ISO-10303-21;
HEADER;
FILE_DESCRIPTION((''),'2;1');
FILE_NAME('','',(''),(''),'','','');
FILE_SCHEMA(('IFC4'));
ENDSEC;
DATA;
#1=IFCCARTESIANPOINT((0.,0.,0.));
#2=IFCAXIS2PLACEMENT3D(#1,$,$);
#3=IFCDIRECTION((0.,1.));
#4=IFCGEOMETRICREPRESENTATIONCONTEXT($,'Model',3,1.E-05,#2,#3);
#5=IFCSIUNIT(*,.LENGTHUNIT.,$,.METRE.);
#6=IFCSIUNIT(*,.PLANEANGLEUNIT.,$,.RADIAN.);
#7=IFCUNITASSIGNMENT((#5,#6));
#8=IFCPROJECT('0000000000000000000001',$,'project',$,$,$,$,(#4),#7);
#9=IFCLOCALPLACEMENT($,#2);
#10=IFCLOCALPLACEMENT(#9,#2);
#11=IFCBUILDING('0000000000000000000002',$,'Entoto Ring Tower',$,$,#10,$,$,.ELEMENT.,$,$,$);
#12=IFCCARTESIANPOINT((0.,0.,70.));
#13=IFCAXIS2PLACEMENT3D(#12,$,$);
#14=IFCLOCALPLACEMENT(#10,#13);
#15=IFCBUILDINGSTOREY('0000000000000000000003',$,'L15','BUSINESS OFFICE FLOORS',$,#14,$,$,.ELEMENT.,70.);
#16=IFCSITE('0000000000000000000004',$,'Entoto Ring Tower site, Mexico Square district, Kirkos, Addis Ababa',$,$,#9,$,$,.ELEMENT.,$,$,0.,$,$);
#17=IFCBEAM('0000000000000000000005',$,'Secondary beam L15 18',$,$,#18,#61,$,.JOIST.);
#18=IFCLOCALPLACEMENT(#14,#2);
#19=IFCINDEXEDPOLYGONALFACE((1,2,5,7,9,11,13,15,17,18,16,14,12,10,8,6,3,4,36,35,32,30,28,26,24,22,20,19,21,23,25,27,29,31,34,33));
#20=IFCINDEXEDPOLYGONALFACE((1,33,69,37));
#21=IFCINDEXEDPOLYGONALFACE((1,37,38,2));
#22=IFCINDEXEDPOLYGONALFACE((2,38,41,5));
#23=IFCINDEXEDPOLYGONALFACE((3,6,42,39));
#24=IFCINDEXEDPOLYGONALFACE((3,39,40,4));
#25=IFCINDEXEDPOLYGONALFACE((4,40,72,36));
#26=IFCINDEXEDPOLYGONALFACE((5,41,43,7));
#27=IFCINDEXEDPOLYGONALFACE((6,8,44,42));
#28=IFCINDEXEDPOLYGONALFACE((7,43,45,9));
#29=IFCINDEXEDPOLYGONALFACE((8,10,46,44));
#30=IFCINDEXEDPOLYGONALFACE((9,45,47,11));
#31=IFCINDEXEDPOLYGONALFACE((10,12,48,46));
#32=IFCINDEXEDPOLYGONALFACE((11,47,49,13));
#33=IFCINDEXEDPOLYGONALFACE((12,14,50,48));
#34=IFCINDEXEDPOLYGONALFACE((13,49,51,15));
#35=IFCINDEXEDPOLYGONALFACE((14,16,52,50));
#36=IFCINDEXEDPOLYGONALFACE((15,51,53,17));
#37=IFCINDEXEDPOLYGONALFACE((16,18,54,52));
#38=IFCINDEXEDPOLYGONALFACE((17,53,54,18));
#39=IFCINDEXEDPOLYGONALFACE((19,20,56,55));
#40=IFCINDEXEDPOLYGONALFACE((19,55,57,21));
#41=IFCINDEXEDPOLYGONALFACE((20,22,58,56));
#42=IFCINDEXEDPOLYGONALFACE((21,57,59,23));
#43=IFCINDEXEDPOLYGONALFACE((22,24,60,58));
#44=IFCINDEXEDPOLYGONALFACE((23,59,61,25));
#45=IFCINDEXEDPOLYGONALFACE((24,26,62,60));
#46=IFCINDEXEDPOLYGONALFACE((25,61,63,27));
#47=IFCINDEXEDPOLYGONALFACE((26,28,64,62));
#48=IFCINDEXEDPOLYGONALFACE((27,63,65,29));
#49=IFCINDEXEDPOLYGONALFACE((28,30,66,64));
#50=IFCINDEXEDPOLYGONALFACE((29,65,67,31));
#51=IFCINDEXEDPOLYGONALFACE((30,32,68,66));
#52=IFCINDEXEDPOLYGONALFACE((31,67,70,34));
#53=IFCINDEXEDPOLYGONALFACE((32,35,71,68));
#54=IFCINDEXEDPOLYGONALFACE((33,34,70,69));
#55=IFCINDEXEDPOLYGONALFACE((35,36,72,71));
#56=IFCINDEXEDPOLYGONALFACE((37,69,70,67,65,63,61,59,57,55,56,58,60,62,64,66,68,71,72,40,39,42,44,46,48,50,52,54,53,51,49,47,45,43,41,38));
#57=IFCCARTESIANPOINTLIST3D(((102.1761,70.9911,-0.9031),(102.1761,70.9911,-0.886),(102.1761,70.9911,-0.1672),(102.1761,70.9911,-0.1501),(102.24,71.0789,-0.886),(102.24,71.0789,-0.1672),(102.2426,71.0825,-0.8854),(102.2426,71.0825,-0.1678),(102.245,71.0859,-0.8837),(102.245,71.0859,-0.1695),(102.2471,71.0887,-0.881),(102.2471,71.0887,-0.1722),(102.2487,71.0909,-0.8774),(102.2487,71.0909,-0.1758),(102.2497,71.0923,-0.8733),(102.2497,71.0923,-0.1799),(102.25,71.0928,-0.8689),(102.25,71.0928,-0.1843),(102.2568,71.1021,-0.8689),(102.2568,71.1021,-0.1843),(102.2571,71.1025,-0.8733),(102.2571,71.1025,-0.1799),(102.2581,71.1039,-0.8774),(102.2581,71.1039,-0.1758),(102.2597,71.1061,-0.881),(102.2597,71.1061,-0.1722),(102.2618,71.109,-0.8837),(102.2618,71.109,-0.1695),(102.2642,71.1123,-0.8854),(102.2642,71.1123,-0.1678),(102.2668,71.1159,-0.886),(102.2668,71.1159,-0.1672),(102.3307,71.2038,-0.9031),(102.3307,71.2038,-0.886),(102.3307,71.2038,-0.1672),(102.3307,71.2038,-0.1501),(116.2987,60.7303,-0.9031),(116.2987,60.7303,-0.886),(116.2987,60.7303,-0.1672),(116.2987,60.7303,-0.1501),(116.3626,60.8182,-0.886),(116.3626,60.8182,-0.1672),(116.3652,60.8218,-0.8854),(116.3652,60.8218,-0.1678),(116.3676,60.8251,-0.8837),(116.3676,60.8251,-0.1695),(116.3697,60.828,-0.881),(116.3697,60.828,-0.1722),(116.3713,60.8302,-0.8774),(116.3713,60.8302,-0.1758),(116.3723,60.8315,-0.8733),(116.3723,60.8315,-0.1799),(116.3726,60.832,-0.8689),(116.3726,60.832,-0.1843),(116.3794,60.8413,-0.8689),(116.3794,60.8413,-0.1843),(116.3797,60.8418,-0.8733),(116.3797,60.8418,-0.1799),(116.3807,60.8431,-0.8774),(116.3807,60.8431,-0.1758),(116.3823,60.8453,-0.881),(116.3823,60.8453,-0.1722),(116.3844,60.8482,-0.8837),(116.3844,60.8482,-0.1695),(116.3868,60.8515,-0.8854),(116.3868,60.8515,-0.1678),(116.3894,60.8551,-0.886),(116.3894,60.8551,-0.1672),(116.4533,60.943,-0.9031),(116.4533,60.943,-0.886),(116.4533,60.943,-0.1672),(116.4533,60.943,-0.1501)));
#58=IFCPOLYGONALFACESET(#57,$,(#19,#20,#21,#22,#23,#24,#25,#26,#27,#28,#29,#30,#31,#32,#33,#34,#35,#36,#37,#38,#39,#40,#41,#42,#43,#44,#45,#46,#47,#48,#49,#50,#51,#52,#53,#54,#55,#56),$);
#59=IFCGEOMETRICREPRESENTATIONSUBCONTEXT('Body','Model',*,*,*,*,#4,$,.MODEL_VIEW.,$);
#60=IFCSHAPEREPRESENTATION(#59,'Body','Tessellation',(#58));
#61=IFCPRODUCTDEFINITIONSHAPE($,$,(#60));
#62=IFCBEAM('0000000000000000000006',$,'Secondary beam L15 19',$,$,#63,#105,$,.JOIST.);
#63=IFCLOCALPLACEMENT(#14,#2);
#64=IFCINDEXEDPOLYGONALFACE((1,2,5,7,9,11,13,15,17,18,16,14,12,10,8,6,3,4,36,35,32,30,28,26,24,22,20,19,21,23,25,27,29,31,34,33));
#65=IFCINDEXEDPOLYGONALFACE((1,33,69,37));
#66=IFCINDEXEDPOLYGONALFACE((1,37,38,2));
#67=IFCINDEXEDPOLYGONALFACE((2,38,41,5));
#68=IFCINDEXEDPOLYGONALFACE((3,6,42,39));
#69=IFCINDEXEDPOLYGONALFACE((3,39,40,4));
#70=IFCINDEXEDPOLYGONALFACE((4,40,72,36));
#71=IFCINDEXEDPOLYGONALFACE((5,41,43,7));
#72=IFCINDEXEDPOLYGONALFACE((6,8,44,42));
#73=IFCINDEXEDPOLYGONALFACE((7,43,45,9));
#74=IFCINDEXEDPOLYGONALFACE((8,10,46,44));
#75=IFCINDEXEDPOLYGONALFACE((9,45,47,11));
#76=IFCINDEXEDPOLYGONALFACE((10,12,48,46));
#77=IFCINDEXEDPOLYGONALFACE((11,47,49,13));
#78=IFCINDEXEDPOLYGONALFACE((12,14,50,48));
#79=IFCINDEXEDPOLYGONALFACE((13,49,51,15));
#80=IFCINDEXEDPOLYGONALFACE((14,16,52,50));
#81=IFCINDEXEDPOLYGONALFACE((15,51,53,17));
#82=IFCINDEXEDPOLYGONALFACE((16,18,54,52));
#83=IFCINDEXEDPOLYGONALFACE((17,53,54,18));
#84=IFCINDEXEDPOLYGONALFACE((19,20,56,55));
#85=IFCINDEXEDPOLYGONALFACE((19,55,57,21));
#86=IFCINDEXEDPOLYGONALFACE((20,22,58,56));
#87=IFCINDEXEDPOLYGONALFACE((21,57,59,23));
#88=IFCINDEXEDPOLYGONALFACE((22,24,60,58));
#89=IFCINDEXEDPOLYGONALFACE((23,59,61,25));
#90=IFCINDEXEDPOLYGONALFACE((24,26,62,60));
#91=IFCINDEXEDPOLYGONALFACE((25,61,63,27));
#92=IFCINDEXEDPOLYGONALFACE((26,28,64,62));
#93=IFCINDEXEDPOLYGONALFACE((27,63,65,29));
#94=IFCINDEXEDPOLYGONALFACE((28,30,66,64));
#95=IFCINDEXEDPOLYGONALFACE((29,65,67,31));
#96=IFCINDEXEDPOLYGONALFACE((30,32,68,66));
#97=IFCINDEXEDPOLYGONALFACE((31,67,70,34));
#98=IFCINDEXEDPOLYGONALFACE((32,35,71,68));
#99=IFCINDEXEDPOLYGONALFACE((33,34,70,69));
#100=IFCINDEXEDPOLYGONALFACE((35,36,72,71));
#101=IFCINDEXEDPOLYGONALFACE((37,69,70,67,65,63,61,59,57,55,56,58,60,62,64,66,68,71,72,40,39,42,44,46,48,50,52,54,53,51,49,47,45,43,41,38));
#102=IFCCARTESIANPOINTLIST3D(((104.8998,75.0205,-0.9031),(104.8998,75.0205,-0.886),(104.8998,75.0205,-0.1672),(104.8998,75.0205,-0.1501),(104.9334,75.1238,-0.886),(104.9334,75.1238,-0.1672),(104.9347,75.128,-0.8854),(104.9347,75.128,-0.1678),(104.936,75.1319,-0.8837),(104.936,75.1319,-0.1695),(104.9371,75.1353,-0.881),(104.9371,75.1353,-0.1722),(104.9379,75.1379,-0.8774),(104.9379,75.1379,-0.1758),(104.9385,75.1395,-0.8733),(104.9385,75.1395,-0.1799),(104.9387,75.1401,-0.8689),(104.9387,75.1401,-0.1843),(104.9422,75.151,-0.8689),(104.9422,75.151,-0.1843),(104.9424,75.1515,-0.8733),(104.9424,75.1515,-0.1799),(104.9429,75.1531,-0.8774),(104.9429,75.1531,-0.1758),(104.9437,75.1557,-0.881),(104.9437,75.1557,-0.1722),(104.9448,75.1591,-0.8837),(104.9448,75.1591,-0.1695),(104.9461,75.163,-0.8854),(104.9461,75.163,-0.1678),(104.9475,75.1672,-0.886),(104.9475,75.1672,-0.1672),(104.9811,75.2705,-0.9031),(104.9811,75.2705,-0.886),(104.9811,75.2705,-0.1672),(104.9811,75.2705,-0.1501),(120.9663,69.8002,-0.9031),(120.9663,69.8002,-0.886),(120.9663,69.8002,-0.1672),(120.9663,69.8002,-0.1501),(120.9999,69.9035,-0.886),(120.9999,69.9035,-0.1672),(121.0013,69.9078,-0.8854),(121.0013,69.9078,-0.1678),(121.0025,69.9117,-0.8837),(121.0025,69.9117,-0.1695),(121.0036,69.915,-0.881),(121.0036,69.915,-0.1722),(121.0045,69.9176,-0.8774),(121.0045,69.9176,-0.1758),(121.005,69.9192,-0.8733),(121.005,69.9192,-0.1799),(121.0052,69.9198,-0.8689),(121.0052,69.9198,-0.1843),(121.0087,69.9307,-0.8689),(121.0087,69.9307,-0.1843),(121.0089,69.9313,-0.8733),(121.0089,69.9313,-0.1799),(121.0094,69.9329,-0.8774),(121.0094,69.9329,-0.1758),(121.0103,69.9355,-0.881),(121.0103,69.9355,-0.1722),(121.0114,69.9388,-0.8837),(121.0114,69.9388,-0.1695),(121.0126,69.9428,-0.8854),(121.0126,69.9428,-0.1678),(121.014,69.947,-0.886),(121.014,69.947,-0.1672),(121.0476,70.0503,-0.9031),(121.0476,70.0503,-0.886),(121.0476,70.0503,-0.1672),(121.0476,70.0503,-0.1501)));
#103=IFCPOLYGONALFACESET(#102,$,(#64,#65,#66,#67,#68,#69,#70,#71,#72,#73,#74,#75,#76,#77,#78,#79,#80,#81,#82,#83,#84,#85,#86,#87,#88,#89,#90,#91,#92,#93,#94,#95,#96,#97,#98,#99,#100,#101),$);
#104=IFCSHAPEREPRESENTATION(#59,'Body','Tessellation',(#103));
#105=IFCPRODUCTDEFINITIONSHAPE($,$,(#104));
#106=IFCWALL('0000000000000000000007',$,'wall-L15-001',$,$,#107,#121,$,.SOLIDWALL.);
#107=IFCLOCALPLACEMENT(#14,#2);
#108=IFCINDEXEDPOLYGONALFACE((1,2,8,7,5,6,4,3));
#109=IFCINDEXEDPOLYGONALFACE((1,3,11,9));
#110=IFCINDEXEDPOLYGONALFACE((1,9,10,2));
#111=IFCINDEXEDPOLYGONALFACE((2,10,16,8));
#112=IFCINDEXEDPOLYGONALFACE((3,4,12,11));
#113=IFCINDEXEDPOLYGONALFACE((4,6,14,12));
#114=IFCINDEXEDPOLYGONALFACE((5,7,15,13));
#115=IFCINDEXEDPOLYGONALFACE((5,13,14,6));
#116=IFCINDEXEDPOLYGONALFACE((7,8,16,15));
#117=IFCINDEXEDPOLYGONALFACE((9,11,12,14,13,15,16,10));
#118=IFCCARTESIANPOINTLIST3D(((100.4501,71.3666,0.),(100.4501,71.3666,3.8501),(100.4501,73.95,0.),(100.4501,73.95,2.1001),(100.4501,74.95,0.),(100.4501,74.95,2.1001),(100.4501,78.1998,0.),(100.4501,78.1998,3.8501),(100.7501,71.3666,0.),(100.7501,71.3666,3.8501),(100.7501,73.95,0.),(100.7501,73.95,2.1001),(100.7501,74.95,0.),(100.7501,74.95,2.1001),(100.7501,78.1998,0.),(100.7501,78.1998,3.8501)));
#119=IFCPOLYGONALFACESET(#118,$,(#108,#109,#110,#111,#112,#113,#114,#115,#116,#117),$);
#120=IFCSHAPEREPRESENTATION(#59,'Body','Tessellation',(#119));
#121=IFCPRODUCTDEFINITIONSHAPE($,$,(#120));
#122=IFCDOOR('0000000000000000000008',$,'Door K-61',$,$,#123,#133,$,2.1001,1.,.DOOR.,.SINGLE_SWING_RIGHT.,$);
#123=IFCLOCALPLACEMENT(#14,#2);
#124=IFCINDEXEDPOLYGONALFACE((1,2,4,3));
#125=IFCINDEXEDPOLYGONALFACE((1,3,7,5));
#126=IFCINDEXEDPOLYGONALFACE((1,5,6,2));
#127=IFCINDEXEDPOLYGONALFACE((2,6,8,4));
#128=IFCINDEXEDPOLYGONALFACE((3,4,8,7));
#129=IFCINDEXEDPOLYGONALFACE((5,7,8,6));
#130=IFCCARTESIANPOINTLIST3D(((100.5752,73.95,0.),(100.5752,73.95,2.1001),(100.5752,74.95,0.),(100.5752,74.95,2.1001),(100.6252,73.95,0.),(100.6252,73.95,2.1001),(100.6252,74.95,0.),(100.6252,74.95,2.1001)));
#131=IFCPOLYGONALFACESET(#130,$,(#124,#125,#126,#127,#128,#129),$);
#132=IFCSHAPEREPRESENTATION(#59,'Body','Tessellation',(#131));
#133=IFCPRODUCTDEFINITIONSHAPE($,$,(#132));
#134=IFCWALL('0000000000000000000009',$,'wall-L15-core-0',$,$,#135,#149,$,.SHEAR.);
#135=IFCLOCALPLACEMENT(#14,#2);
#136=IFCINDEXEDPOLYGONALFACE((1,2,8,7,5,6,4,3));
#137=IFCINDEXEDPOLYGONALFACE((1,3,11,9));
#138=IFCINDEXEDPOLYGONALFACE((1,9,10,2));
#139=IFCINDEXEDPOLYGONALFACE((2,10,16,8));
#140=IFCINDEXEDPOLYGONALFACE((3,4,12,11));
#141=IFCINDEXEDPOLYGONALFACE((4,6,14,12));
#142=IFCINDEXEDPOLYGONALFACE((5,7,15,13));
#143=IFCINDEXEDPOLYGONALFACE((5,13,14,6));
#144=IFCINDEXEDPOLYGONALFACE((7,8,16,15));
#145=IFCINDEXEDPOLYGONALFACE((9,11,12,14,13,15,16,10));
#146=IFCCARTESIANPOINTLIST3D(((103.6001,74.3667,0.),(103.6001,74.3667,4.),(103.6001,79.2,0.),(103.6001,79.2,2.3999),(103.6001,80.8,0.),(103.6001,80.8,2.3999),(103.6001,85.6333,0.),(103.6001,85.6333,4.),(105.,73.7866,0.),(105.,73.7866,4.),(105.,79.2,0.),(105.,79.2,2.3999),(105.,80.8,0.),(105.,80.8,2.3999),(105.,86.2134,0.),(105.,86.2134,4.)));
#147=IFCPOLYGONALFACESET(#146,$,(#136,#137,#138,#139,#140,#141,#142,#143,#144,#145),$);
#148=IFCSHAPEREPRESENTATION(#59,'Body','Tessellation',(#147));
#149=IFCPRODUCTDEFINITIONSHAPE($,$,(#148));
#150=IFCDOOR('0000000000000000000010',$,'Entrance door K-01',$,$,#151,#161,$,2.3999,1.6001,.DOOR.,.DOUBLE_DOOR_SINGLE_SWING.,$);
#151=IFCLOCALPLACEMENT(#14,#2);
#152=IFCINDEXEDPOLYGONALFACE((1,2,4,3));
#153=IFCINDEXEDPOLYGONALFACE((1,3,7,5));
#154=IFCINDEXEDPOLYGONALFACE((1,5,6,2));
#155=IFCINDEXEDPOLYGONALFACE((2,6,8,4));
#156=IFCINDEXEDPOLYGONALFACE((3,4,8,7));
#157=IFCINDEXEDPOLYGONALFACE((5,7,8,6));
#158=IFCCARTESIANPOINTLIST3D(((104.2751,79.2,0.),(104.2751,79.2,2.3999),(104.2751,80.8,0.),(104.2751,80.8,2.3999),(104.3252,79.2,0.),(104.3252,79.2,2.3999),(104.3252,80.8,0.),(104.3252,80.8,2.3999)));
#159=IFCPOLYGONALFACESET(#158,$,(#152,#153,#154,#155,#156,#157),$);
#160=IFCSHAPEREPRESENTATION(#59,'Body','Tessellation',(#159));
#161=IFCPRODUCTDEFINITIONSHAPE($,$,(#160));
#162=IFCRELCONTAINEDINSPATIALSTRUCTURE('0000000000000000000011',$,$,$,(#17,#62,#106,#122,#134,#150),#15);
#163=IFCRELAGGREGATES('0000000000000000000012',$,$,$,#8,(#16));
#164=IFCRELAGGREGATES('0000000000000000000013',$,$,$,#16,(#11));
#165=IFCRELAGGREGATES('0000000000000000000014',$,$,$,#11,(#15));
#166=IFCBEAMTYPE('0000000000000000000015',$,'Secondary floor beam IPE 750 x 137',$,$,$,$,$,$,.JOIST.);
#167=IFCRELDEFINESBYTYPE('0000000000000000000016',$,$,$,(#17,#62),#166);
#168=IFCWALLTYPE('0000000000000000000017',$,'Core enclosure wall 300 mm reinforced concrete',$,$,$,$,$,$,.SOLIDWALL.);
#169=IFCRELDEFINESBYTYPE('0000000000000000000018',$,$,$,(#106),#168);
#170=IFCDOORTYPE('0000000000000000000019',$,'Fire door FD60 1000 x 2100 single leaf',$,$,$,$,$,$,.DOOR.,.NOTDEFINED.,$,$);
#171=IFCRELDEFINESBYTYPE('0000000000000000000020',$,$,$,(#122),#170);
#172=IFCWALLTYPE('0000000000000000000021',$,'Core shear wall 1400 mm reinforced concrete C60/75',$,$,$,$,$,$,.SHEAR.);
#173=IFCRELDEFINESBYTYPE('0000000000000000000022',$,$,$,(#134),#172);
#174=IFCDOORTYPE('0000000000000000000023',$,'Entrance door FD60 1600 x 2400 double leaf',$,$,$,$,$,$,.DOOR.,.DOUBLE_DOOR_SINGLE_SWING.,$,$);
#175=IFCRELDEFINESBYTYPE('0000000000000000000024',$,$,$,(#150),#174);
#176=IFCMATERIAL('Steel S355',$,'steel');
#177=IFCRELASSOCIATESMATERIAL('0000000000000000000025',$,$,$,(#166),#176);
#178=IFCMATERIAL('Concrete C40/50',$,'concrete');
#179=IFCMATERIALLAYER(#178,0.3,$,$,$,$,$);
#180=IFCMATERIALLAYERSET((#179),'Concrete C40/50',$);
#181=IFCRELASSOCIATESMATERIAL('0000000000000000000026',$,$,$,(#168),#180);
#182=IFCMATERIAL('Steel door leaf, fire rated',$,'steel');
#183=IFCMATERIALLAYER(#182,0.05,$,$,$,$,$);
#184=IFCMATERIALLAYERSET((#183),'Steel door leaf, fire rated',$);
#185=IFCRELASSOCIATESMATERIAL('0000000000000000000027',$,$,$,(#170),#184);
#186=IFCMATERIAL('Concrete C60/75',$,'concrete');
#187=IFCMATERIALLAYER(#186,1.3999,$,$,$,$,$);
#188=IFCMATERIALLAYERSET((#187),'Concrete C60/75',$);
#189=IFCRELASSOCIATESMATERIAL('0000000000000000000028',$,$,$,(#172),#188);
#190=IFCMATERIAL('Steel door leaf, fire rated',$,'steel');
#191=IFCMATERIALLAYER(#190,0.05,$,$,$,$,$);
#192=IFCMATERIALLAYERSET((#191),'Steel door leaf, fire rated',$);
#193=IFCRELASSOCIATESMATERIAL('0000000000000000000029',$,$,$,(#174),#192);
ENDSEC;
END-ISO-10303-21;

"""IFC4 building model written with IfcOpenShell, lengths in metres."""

from ifc_helpers import new_model, si_unit, direction, frame, frame_2d, origin, origin_2d, place, context, subcontext, project, spatial, polyline, rectangle, i_section, outline, extrude, material, layer, layer_set, material_profile, profile_set, type_object, element, fill, save


model = new_model("IFC4")

# Units and contexts
model_context = context("Model", 3, precision=1e-05, world=origin(), true_north=direction((0.0, 1.0)))
body_context = subcontext(model_context, "Body", "Model", "MODEL_VIEW")
ifc_project = project(units=[si_unit("LENGTHUNIT", "METRE"), si_unit("PLANEANGLEUNIT", "RADIAN")], contexts=[model_context])

# Site, building, storey
site_placement = place(None, origin())
site = spatial("IfcSite", under=ifc_project, at=site_placement, Name="Entoto Ring Tower site, Mexico Square district, Kirkos, Addis Ababa", CompositionType="ELEMENT", RefElevation=0.0)
building_placement = place(site_placement, origin())
building = spatial("IfcBuilding", under=site, at=building_placement, Name="Entoto Ring Tower", CompositionType="ELEMENT")
storey_placement = place(building_placement, frame((0.0, 0.0, 70.0)))
storey = spatial("IfcBuildingStorey", under=building, at=storey_placement, Name="L15", Description="BUSINESS OFFICE FLOORS", CompositionType="ELEMENT", Elevation=70.0)

# Beams
ifc_material_1 = material(Name="Steel S355", Category="steel")
ifc_material_profile_1 = material_profile(ifc_material_1, i_section(OverallWidth=0.2629, OverallDepth=0.7529, WebThickness=0.0115, FlangeThickness=0.0171, FilletRadius=0.0171, at=origin_2d()), Name="IPE 750 x 137")
ifc_profile_set_1 = profile_set([ifc_material_profile_1], Name="Steel S355")
beam_type_1 = type_object("IfcBeamType", Name="Secondary floor beam IPE 750 x 137", PredefinedType="JOIST", material=ifc_profile_set_1)
beam_1_placement = place(storey_placement, frame((102.2534, 71.0974, -0.5266), z_axis=(0.809014, -0.587789, 0.0), x_axis=(0.587789, 0.809014, 0.0)))
element("IfcBeam", 1, at=beam_1_placement, inside=storey, type_object=beam_type_1, Name="Secondary beam L15 18", PredefinedType="JOIST", context=body_context, shape_type="SweptSolid", body=[
    extrude(i_section(OverallWidth=0.2629, OverallDepth=0.7529, WebThickness=0.0115, FlangeThickness=0.0171, FilletRadius=0.0171, at=origin_2d()), origin(), (0.0, 0.0, 1.0), 17.4565),
])
beam_2_placement = place(storey_placement, frame((104.9404, 75.1455, -0.5266), z_axis=(0.951058, -0.309013, 0.0), x_axis=(0.309013, 0.951058, 0.0)))
element("IfcBeam", 2, at=beam_2_placement, inside=storey, type_object=beam_type_1, Name="Secondary beam L15 19", PredefinedType="JOIST", context=body_context, shape_type="SweptSolid", body=[
    extrude(i_section(OverallWidth=0.2629, OverallDepth=0.7529, WebThickness=0.0115, FlangeThickness=0.0171, FilletRadius=0.0171, at=origin_2d()), origin(), (0.0, 0.0, 1.0), 16.8933),
])

# Walls, openings, doors
ifc_material_2 = material(Name="Concrete C40/50", Category="concrete")
ifc_layer_1 = layer(ifc_material_2, 0.3)
ifc_layer_set_1 = layer_set([ifc_layer_1], Name="Concrete C40/50")
wall_type_1 = type_object("IfcWallType", Name="Core enclosure wall 300 mm reinforced concrete", PredefinedType="SOLIDWALL", material=ifc_layer_set_1)
wall_1_placement = place(storey_placement, frame((100.6001, 71.3667, 0.0), z_axis=(0.0, 0.0, 1.0), x_axis=(0.0, 1.0, 0.0)))
wall_1 = element("IfcWall", 3, at=wall_1_placement, inside=storey, type_object=wall_type_1, Name="wall-L15-001", PredefinedType="SOLIDWALL", context=body_context, shape_type="SweptSolid", body=[
    extrude(rectangle(XDim=6.8333, YDim=0.3, at=frame_2d((3.4165, 0.0))), origin(), (0.0, 0.0, 1.0), 3.8501),
])
opening_1_placement = place(wall_1_placement, frame((2.5833, 0.0, 0.0)))
opening_1 = element("IfcOpeningElement", 4, at=opening_1_placement, cuts=wall_1, PredefinedType="OPENING", context=body_context, shape_type="SweptSolid", body=[
    extrude(rectangle(XDim=1.0, YDim=2.1001, at=frame_2d((0.5, 1.05))), frame((0.0, 0.1602, 0.0), z_axis=(0.0, -1.0, 0.0), x_axis=(1.0, 0.0, 0.0)), (0.0, 0.0, 1.0), 0.3201),
])
ifc_material_3 = material(Name="Steel door leaf, fire rated", Category="steel")
ifc_layer_2 = layer(ifc_material_3, 0.05)
ifc_layer_set_2 = layer_set([ifc_layer_2], Name="Steel door leaf, fire rated")
door_type_1 = type_object("IfcDoorType", Name="Fire door FD60 1000 x 2100 single leaf", OperationType="NOTDEFINED", PredefinedType="DOOR", material=ifc_layer_set_2)
door_1_placement = place(opening_1_placement, origin())
door_1 = element("IfcDoor", 5, at=door_1_placement, inside=storey, type_object=door_type_1, Name="Door K-61", OperationType="SINGLE_SWING_RIGHT", OverallHeight=2.1001, OverallWidth=1.0, PredefinedType="DOOR", context=body_context, shape_type="SweptSolid", body=[
    extrude(rectangle(XDim=1.0, YDim=2.1001, at=frame_2d((0.5, 1.05))), frame((0.0, 0.0249, 0.0), z_axis=(0.0, -1.0, 0.0), x_axis=(1.0, 0.0, 0.0)), (0.0, 0.0, 1.0), 0.05),
])
fill(opening_1, door_1)
ifc_material_4 = material(Name="Concrete C60/75", Category="concrete")
ifc_layer_3 = layer(ifc_material_4, 1.3999)
ifc_layer_set_3 = layer_set([ifc_layer_3], Name="Concrete C60/75")
wall_type_2 = type_object("IfcWallType", Name="Core shear wall 1400 mm reinforced concrete C60/75", PredefinedType="SHEAR", material=ifc_layer_set_3)
wall_2_placement = place(storey_placement, frame((104.3, 74.0767, 0.0), z_axis=(0.0, 0.0, 1.0), x_axis=(0.0, 1.0, 0.0)))
wall_2 = element("IfcWall", 6, at=wall_2_placement, inside=storey, type_object=wall_type_2, Name="wall-L15-core-0", PredefinedType="SHEAR", context=body_context, shape_type="SweptSolid", body=[
    extrude(outline(polyline([(-0.29, -0.7), (12.1367, -0.7), (11.5566, 0.7), (0.29, 0.7), (-0.29, -0.7)])), origin(), (0.0, 0.0, 1.0), 4.0),
])
opening_2_placement = place(wall_2_placement, frame((5.1233, 0.0, 0.0)))
opening_2 = element("IfcOpeningElement", 7, at=opening_2_placement, cuts=wall_2, PredefinedType="OPENING", context=body_context, shape_type="SweptSolid", body=[
    extrude(rectangle(XDim=1.6001, YDim=2.3999, at=frame_2d((0.8, 1.2))), frame((0.0, 0.71, 0.0), z_axis=(0.0, -1.0, 0.0), x_axis=(1.0, 0.0, 0.0)), (0.0, 0.0, 1.0), 1.4199),
])
ifc_material_5 = material(Name="Steel door leaf, fire rated", Category="steel")
ifc_layer_4 = layer(ifc_material_5, 0.05)
ifc_layer_set_4 = layer_set([ifc_layer_4], Name="Steel door leaf, fire rated")
door_type_2 = type_object("IfcDoorType", Name="Entrance door FD60 1600 x 2400 double leaf", OperationType="DOUBLE_DOOR_SINGLE_SWING", PredefinedType="DOOR", material=ifc_layer_set_4)
door_2_placement = place(opening_2_placement, origin())
door_2 = element("IfcDoor", 8, at=door_2_placement, inside=storey, type_object=door_type_2, Name="Entrance door K-01", OperationType="DOUBLE_DOOR_SINGLE_SWING", OverallHeight=2.3999, OverallWidth=1.6001, PredefinedType="DOOR", context=body_context, shape_type="SweptSolid", body=[
    extrude(rectangle(XDim=1.6001, YDim=2.3999, at=frame_2d((0.8, 1.2))), frame((0.0, 0.0249, 0.0), z_axis=(0.0, -1.0, 0.0), x_axis=(1.0, 0.0, 0.0)), (0.0, 0.0, 1.0), 0.05),
])
fill(opening_2, door_2)

save(model, "model.ifc")
